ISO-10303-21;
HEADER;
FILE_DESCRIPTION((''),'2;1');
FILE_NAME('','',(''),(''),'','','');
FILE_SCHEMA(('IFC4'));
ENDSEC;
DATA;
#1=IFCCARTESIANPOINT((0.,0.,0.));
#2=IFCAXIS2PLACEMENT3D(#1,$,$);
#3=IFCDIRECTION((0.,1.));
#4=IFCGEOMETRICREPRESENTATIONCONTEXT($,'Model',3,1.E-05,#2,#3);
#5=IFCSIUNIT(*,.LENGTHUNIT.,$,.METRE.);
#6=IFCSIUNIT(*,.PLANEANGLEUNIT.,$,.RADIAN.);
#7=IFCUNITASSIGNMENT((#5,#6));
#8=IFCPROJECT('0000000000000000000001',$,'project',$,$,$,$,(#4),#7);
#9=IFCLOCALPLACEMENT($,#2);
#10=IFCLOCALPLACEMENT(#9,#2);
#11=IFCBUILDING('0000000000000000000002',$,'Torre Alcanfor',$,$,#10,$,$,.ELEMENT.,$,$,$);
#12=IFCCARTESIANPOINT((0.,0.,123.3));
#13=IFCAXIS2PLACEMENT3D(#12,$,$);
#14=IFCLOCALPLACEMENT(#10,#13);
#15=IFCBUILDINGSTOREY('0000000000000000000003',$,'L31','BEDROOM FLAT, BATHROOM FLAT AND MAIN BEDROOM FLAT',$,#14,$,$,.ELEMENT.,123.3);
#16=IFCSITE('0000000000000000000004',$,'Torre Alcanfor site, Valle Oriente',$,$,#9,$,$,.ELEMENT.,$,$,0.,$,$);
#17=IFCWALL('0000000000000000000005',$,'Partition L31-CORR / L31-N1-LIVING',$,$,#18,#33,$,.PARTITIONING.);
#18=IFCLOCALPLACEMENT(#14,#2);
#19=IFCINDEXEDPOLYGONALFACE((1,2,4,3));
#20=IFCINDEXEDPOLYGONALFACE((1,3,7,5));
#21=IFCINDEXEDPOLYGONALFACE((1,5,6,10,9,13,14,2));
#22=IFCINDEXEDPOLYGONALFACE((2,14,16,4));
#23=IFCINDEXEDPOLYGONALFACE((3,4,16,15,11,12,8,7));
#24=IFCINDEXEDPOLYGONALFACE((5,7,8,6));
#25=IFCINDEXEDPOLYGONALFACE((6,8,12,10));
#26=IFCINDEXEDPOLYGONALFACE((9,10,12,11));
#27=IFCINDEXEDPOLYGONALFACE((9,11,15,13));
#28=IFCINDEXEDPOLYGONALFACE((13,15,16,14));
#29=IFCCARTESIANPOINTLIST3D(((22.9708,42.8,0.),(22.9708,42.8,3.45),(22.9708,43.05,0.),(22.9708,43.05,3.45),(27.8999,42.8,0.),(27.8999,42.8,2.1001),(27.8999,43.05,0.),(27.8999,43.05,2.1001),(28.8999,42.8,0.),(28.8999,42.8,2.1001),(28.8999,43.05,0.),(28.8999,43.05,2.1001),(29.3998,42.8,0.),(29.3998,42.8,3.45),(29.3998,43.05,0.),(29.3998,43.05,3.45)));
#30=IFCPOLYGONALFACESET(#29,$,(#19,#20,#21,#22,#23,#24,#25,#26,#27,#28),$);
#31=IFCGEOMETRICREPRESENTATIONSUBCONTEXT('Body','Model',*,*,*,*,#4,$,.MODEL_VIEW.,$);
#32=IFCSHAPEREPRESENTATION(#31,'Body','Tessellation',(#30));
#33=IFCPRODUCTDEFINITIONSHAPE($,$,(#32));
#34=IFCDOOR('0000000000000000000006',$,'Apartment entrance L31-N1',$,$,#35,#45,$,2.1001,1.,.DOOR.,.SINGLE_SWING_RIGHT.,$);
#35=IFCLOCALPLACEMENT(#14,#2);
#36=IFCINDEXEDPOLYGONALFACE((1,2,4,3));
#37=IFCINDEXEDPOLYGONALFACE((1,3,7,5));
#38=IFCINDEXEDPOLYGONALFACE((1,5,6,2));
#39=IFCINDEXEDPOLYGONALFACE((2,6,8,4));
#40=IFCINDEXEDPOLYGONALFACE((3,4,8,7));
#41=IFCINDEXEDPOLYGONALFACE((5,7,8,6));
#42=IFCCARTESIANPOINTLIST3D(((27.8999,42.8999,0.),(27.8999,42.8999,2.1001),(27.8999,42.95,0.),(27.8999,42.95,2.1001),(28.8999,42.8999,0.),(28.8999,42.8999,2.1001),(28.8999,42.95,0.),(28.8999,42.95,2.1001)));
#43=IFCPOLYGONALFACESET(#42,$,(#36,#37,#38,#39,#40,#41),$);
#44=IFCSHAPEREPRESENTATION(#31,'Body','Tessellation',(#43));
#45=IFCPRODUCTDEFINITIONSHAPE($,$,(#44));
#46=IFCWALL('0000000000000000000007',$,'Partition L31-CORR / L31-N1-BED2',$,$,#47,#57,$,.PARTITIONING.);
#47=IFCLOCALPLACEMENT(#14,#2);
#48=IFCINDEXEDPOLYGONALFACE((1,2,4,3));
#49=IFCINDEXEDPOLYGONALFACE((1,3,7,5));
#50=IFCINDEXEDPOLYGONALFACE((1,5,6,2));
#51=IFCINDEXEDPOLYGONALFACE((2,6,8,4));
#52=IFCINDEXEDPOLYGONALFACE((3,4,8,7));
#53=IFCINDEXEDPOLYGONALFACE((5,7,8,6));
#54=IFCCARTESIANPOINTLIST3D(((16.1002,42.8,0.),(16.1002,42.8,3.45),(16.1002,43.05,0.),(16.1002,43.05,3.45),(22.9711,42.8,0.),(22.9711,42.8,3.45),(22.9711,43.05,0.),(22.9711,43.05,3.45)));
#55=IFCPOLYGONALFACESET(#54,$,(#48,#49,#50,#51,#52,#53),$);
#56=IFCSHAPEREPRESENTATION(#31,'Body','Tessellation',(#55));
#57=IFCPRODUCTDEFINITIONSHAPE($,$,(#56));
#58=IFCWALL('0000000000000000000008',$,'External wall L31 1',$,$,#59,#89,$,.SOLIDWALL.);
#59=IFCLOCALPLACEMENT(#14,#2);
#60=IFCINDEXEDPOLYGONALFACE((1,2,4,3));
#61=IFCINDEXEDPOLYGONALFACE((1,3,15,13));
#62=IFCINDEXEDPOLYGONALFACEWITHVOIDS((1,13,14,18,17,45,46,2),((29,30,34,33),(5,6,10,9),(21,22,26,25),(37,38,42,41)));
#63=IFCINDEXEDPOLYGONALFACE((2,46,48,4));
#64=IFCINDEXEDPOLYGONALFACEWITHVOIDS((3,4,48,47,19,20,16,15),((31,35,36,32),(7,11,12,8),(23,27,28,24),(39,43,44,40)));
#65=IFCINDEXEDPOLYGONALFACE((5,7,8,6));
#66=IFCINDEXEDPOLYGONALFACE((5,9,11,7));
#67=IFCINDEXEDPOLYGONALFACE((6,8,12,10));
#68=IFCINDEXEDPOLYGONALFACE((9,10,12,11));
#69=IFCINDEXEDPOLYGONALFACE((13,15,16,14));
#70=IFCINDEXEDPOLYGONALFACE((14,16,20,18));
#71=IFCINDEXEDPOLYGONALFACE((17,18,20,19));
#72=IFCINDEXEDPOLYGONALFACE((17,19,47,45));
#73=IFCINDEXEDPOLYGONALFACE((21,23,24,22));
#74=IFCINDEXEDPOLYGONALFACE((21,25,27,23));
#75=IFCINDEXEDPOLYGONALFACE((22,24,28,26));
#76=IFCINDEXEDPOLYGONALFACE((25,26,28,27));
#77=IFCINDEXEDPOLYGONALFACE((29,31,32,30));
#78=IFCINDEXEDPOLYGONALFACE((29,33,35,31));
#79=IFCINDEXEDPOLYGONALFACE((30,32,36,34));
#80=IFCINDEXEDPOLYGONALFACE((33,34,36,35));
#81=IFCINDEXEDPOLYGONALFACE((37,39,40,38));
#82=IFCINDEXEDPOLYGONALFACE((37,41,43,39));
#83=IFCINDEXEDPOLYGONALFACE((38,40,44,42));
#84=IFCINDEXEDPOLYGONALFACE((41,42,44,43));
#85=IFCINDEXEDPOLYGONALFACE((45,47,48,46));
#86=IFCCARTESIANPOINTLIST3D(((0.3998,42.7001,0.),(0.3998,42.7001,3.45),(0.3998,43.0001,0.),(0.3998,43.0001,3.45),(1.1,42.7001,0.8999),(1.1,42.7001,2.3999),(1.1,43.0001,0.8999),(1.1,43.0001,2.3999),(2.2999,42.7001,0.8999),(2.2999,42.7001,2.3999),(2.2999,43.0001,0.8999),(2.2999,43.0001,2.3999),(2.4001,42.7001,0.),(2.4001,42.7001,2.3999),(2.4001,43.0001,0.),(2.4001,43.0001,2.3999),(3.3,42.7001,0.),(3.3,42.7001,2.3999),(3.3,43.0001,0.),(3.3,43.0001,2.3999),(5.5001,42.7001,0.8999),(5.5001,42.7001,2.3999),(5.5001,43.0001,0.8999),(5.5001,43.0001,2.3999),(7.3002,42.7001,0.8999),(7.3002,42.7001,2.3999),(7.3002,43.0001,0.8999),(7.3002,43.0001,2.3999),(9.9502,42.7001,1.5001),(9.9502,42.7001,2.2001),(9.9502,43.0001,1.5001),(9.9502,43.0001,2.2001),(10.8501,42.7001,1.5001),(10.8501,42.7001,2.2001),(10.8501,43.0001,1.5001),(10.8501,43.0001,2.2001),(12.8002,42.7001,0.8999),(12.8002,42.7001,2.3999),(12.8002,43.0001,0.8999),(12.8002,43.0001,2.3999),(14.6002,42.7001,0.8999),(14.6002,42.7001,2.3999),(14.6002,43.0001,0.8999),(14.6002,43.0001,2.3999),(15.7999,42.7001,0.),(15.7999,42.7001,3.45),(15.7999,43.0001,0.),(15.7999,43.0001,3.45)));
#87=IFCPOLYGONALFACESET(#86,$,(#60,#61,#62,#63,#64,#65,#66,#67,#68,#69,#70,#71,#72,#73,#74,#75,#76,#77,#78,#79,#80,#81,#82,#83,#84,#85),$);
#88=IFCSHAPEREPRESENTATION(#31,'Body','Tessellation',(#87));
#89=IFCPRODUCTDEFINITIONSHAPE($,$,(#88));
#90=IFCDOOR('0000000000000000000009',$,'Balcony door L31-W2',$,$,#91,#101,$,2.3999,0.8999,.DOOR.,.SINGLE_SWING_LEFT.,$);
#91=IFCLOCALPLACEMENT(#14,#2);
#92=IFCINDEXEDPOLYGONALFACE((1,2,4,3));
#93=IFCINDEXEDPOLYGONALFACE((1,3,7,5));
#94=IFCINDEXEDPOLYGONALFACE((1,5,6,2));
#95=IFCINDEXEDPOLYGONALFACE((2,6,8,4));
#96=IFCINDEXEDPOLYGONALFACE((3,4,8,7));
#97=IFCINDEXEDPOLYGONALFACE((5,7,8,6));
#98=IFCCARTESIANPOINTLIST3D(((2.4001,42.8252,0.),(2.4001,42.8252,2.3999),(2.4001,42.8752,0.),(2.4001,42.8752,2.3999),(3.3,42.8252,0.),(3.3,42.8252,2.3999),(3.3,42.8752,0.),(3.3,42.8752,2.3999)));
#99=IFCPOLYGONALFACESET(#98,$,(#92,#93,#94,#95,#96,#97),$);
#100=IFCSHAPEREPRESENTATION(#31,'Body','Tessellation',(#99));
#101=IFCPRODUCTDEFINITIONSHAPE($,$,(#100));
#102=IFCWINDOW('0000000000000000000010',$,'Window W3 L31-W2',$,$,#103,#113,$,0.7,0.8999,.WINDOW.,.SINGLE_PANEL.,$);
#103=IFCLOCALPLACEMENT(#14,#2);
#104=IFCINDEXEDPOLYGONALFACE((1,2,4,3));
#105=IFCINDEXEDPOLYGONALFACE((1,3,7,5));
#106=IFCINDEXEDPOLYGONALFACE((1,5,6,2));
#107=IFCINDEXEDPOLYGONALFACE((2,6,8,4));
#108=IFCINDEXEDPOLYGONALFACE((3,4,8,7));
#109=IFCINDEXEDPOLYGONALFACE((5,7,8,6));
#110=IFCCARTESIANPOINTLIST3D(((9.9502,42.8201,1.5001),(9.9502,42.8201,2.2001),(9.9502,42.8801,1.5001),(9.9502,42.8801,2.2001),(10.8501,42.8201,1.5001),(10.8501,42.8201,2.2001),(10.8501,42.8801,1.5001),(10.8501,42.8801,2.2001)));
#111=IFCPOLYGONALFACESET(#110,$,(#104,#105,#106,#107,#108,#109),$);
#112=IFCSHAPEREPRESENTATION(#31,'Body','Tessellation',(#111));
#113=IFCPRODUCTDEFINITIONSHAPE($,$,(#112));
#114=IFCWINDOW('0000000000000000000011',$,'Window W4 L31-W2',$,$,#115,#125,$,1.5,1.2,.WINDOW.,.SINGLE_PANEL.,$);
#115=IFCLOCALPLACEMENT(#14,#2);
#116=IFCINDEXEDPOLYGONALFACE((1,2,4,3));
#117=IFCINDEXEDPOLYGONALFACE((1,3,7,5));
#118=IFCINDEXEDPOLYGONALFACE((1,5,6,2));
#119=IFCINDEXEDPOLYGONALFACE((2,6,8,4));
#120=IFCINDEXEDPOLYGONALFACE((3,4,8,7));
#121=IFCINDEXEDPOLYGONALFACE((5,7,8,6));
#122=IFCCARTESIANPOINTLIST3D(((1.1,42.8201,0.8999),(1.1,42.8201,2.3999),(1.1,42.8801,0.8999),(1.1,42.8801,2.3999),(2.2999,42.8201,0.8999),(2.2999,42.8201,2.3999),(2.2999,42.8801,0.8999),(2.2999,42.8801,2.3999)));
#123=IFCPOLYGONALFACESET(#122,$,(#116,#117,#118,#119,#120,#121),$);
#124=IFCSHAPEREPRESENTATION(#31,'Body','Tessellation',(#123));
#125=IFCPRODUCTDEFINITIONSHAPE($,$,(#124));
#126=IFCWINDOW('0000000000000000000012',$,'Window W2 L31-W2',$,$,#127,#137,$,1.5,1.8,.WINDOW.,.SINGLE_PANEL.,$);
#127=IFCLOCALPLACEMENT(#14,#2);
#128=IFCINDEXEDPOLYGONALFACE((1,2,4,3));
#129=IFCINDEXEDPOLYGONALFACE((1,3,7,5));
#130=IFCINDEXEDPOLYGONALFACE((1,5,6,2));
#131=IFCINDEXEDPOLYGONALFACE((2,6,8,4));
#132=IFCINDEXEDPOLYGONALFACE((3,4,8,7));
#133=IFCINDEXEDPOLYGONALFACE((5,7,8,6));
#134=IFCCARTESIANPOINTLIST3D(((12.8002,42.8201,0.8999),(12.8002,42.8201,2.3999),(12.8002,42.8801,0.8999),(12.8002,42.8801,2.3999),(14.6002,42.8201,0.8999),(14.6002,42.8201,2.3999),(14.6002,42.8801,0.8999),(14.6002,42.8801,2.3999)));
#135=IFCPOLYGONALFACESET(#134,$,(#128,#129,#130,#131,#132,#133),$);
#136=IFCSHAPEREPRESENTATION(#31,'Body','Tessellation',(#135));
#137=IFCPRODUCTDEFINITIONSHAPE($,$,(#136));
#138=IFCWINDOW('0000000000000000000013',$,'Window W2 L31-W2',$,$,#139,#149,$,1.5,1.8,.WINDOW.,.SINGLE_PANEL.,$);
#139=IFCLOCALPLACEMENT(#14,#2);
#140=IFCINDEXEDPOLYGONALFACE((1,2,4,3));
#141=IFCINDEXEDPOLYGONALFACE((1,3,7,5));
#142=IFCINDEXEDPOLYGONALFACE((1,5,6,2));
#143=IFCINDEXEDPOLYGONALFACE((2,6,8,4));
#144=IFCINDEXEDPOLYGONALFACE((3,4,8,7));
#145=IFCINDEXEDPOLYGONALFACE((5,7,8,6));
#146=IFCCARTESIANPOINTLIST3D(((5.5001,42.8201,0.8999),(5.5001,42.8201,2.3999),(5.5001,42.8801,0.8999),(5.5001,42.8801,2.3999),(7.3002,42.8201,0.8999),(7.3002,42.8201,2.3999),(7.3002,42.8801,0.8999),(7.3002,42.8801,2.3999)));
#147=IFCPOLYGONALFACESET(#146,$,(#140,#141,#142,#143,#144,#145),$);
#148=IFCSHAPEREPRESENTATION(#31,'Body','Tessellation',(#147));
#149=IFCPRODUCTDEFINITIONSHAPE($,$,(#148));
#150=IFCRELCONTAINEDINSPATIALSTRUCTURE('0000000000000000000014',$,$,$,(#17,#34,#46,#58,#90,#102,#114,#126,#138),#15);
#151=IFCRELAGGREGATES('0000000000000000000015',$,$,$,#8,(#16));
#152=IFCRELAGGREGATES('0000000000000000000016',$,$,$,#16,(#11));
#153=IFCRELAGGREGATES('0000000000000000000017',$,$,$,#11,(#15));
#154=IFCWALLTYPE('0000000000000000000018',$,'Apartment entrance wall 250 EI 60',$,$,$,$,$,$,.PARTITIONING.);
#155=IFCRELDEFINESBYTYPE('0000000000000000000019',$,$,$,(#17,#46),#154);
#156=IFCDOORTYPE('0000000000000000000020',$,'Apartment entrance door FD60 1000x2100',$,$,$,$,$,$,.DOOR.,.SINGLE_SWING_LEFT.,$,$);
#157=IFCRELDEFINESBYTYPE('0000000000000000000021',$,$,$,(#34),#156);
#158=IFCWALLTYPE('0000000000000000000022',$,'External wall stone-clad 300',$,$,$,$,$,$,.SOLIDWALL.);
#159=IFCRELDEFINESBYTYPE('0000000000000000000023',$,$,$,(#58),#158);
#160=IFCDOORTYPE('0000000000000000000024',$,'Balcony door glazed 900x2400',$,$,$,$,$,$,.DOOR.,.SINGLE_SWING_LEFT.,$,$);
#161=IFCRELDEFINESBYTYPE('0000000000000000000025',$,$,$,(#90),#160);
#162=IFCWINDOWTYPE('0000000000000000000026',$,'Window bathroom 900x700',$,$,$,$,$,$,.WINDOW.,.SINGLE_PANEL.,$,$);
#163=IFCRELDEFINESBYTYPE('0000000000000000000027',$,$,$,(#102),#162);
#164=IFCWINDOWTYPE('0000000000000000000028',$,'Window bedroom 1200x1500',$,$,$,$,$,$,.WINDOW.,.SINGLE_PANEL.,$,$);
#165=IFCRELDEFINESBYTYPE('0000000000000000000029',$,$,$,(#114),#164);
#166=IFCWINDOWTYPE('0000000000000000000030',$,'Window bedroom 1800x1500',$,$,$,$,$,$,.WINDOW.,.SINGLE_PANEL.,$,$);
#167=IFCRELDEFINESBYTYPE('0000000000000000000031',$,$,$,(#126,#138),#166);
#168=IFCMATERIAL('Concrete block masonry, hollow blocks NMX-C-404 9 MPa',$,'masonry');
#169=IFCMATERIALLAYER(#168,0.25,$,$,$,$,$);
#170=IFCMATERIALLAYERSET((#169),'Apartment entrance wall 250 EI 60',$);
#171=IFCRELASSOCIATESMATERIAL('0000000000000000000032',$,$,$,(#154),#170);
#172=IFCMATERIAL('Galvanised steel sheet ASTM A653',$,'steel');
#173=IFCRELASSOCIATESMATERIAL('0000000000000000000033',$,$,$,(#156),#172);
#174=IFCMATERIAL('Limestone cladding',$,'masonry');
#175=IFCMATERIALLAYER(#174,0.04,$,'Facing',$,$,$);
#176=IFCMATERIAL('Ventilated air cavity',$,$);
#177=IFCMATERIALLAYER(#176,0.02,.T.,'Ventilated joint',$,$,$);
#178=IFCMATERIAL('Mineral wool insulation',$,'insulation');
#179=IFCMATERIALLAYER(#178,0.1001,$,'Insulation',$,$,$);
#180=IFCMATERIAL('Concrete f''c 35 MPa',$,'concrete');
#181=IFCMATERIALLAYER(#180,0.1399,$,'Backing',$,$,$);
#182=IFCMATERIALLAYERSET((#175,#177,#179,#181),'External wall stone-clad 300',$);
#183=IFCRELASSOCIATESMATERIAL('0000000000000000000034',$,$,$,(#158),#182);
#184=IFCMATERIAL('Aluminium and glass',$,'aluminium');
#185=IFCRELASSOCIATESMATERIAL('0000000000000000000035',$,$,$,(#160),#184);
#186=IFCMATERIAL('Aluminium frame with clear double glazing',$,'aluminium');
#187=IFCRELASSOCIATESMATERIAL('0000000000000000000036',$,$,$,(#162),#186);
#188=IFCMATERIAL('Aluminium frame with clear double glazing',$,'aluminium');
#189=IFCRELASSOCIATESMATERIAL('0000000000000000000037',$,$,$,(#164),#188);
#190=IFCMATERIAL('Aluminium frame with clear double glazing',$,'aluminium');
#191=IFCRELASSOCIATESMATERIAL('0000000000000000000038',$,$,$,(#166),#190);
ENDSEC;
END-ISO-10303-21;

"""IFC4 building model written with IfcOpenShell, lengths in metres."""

from ifc_helpers import new_model, si_unit, direction, frame, frame_2d, origin, place, context, subcontext, project, spatial, rectangle, extrude, material, layer, layer_set, type_object, element, fill, save


model = new_model("IFC4")

# Units and contexts
model_context = context("Model", 3, precision=1e-05, world=origin(), true_north=direction((0.0, 1.0)))
body_context = subcontext(model_context, "Body", "Model", "MODEL_VIEW")
ifc_project = project(units=[si_unit("LENGTHUNIT", "METRE"), si_unit("PLANEANGLEUNIT", "RADIAN")], contexts=[model_context])

# Site, building, storey
site_placement = place(None, origin())
site = spatial("IfcSite", under=ifc_project, at=site_placement, Name="Torre Alcanfor site, Valle Oriente", CompositionType="ELEMENT", RefElevation=0.0)
building_placement = place(site_placement, origin())
building = spatial("IfcBuilding", under=site, at=building_placement, Name="Torre Alcanfor", CompositionType="ELEMENT")
storey_placement = place(building_placement, frame((0.0, 0.0, 123.3)))
storey = spatial("IfcBuildingStorey", under=building, at=storey_placement, Name="L31", Description="BEDROOM FLAT, BATHROOM FLAT AND MAIN BEDROOM FLAT", CompositionType="ELEMENT", Elevation=123.3)

# Wall, opening, door
ifc_material_1 = material(Name="Concrete block masonry, hollow blocks NMX-C-404 9 MPa", Category="masonry")
ifc_layer_1 = layer(ifc_material_1, 0.25)
ifc_layer_set_1 = layer_set([ifc_layer_1], Name="Apartment entrance wall 250 EI 60")
wall_type_1 = type_object("IfcWallType", Name="Apartment entrance wall 250 EI 60", PredefinedType="PARTITIONING", material=ifc_layer_set_1)
wall_1_placement = place(storey_placement, frame((22.9709, 42.925, 0.0), z_axis=(0.0, 0.0, 1.0), x_axis=(1.0, 0.0, 0.0)))
wall_1 = element("IfcWall", 1, at=wall_1_placement, inside=storey, type_object=wall_type_1, Name="Partition L31-CORR / L31-N1-LIVING", PredefinedType="PARTITIONING", context=body_context, shape_type="SweptSolid", body=[
    extrude(rectangle(XDim=6.429, YDim=0.25, at=frame_2d((3.2144, 0.0))), origin(), (0.0, 0.0, 1.0), 3.45),
])
opening_1_placement = place(wall_1_placement, frame((4.929, 0.0, 0.0)))
opening_1 = element("IfcOpeningElement", 2, at=opening_1_placement, cuts=wall_1, PredefinedType="OPENING", context=body_context, shape_type="SweptSolid", body=[
    extrude(rectangle(XDim=1.0, YDim=2.1001, at=frame_2d((0.5, 1.05))), frame((0.0, 0.135, 0.0), z_axis=(0.0, -1.0, 0.0), x_axis=(1.0, 0.0, 0.0)), (0.0, 0.0, 1.0), 0.27),
])
ifc_material_2 = material(Name="Galvanised steel sheet ASTM A653", Category="steel")
door_type_1 = type_object("IfcDoorType", Name="Apartment entrance door FD60 1000x2100", OperationType="SINGLE_SWING_LEFT", PredefinedType="DOOR", material=ifc_material_2)
door_1_placement = place(opening_1_placement, origin())
door_1 = element("IfcDoor", 3, at=door_1_placement, inside=storey, type_object=door_type_1, Name="Apartment entrance L31-N1", OperationType="SINGLE_SWING_RIGHT", OverallHeight=2.1001, OverallWidth=1.0, PredefinedType="DOOR", context=body_context, shape_type="SweptSolid", body=[
    extrude(rectangle(XDim=1.0, YDim=2.1001, at=frame_2d((0.5, 1.05))), frame((0.0, 0.0249, 0.0), z_axis=(0.0, -1.0, 0.0), x_axis=(1.0, 0.0, 0.0)), (0.0, 0.0, 1.0), 0.05),
])
fill(opening_1, door_1)

# Wall
wall_2_placement = place(storey_placement, frame((16.1001, 42.925, 0.0), z_axis=(0.0, 0.0, 1.0), x_axis=(1.0, 0.0, 0.0)))
element("IfcWall", 4, at=wall_2_placement, inside=storey, type_object=wall_type_1, Name="Partition L31-CORR / L31-N1-BED2", PredefinedType="PARTITIONING", context=body_context, shape_type="SweptSolid", body=[
    extrude(rectangle(XDim=6.8708, YDim=0.25, at=frame_2d((3.4355, 0.0))), origin(), (0.0, 0.0, 1.0), 3.45),
])

# Wall, openings, door, windows
ifc_material_3 = material(Name="Limestone cladding", Category="masonry")
ifc_layer_2 = layer(ifc_material_3, 0.04, Name="Facing")
ifc_material_4 = material(Name="Ventilated air cavity")
ifc_layer_3 = layer(ifc_material_4, 0.02, ventilated=True, Name="Ventilated joint")
ifc_material_5 = material(Name="Mineral wool insulation", Category="insulation")
ifc_layer_4 = layer(ifc_material_5, 0.1001, Name="Insulation")
ifc_material_6 = material(Name="Concrete f'c 35 MPa", Category="concrete")
ifc_layer_5 = layer(ifc_material_6, 0.1399, Name="Backing")
ifc_layer_set_2 = layer_set([ifc_layer_2, ifc_layer_3, ifc_layer_4, ifc_layer_5], Name="External wall stone-clad 300")
wall_type_2 = type_object("IfcWallType", Name="External wall stone-clad 300", PredefinedType="SOLIDWALL", material=ifc_layer_set_2)
wall_3_placement = place(storey_placement, frame((15.8, 42.8501, 0.0), z_axis=(0.0, 0.0, 1.0), x_axis=(-1.0, 0.0, 0.0)))
wall_3 = element("IfcWall", 5, at=wall_3_placement, inside=storey, type_object=wall_type_2, Name="External wall L31 1", PredefinedType="SOLIDWALL", context=body_context, shape_type="SweptSolid", body=[
    extrude(rectangle(XDim=15.4001, YDim=0.3, at=frame_2d((7.7002, 0.0))), origin(), (0.0, 0.0, 1.0), 3.45),
])
opening_2_placement = place(wall_3_placement, frame((1.2, 0.0, 0.8999)))
opening_2 = element("IfcOpeningElement", 6, at=opening_2_placement, cuts=wall_3, PredefinedType="OPENING", context=body_context, shape_type="SweptSolid", body=[
    extrude(rectangle(XDim=1.8, YDim=1.5, at=frame_2d((0.8999, 0.75))), frame((0.0, 0.1599, 0.0), z_axis=(0.0, -1.0, 0.0), x_axis=(1.0, 0.0, 0.0)), (0.0, 0.0, 1.0), 0.3201),
])
opening_3_placement = place(wall_3_placement, frame((4.95, 0.0, 1.5)))
opening_3 = element("IfcOpeningElement", 7, at=opening_3_placement, cuts=wall_3, PredefinedType="OPENING", context=body_context, shape_type="SweptSolid", body=[
    extrude(rectangle(XDim=0.8999, YDim=0.7, at=frame_2d((0.45, 0.3501))), frame((0.0, 0.1599, 0.0), z_axis=(0.0, -1.0, 0.0), x_axis=(1.0, 0.0, 0.0)), (0.0, 0.0, 1.0), 0.3201),
])
opening_4_placement = place(wall_3_placement, frame((8.5, 0.0, 0.8999)))
opening_4 = element("IfcOpeningElement", 8, at=opening_4_placement, cuts=wall_3, PredefinedType="OPENING", context=body_context, shape_type="SweptSolid", body=[
    extrude(rectangle(XDim=1.8, YDim=1.5, at=frame_2d((0.8999, 0.75))), frame((0.0, 0.1599, 0.0), z_axis=(0.0, -1.0, 0.0), x_axis=(1.0, 0.0, 0.0)), (0.0, 0.0, 1.0), 0.3201),
])
opening_5_placement = place(wall_3_placement, frame((12.5, 0.0, 0.0)))
opening_5 = element("IfcOpeningElement", 9, at=opening_5_placement, cuts=wall_3, PredefinedType="OPENING", context=body_context, shape_type="SweptSolid", body=[
    extrude(rectangle(XDim=0.8999, YDim=2.3999, at=frame_2d((0.45, 1.2))), frame((0.0, 0.1599, 0.0), z_axis=(0.0, -1.0, 0.0), x_axis=(1.0, 0.0, 0.0)), (0.0, 0.0, 1.0), 0.3201),
])
opening_6_placement = place(wall_3_placement, frame((13.5, 0.0, 0.8999)))
opening_6 = element("IfcOpeningElement", 10, at=opening_6_placement, cuts=wall_3, PredefinedType="OPENING", context=body_context, shape_type="SweptSolid", body=[
    extrude(rectangle(XDim=1.2, YDim=1.5, at=frame_2d((0.6001, 0.75))), frame((0.0, 0.1599, 0.0), z_axis=(0.0, -1.0, 0.0), x_axis=(1.0, 0.0, 0.0)), (0.0, 0.0, 1.0), 0.3201),
])
ifc_material_7 = material(Name="Aluminium and glass", Category="aluminium")
door_type_2 = type_object("IfcDoorType", Name="Balcony door glazed 900x2400", OperationType="SINGLE_SWING_LEFT", PredefinedType="DOOR", material=ifc_material_7)
door_2_placement = place(opening_5_placement, origin())
door_2 = element("IfcDoor", 11, at=door_2_placement, inside=storey, type_object=door_type_2, Name="Balcony door L31-W2", OperationType="SINGLE_SWING_LEFT", OverallHeight=2.3999, OverallWidth=0.8999, PredefinedType="DOOR", context=body_context, shape_type="SweptSolid", body=[
    extrude(rectangle(XDim=0.8999, YDim=2.3999, at=frame_2d((0.45, 1.2))), frame((0.0, 0.0249, 0.0), z_axis=(0.0, -1.0, 0.0), x_axis=(1.0, 0.0, 0.0)), (0.0, 0.0, 1.0), 0.05),
])
fill(opening_5, door_2)
ifc_material_8 = material(Name="Aluminium frame with clear double glazing", Category="aluminium")
window_type_1 = type_object("IfcWindowType", Name="Window bathroom 900x700", PartitioningType="SINGLE_PANEL", PredefinedType="WINDOW", material=ifc_material_8)
window_1_placement = place(opening_3_placement, origin())
window_1 = element("IfcWindow", 12, at=window_1_placement, inside=storey, type_object=window_type_1, Name="Window W3 L31-W2", OverallHeight=0.7, OverallWidth=0.8999, PartitioningType="SINGLE_PANEL", PredefinedType="WINDOW", context=body_context, shape_type="SweptSolid", body=[
    extrude(rectangle(XDim=0.8999, YDim=0.7, at=frame_2d((0.45, 0.3501))), frame((0.0, 0.03, 0.0), z_axis=(0.0, -1.0, 0.0), x_axis=(1.0, 0.0, 0.0)), (0.0, 0.0, 1.0), 0.0601),
])
fill(opening_3, window_1)
ifc_material_9 = material(Name="Aluminium frame with clear double glazing", Category="aluminium")
window_type_2 = type_object("IfcWindowType", Name="Window bedroom 1200x1500", PartitioningType="SINGLE_PANEL", PredefinedType="WINDOW", material=ifc_material_9)
window_2_placement = place(opening_6_placement, origin())
window_2 = element("IfcWindow", 13, at=window_2_placement, inside=storey, type_object=window_type_2, Name="Window W4 L31-W2", OverallHeight=1.5, OverallWidth=1.2, PartitioningType="SINGLE_PANEL", PredefinedType="WINDOW", context=body_context, shape_type="SweptSolid", body=[
    extrude(rectangle(XDim=1.2, YDim=1.5, at=frame_2d((0.6001, 0.75))), frame((0.0, 0.03, 0.0), z_axis=(0.0, -1.0, 0.0), x_axis=(1.0, 0.0, 0.0)), (0.0, 0.0, 1.0), 0.0601),
])
fill(opening_6, window_2)
ifc_material_10 = material(Name="Aluminium frame with clear double glazing", Category="aluminium")
window_type_3 = type_object("IfcWindowType", Name="Window bedroom 1800x1500", PartitioningType="SINGLE_PANEL", PredefinedType="WINDOW", material=ifc_material_10)
window_3_placement = place(opening_2_placement, origin())
window_3 = element("IfcWindow", 14, at=window_3_placement, inside=storey, type_object=window_type_3, Name="Window W2 L31-W2", OverallHeight=1.5, OverallWidth=1.8, PartitioningType="SINGLE_PANEL", PredefinedType="WINDOW", context=body_context, shape_type="SweptSolid", body=[
    extrude(rectangle(XDim=1.8, YDim=1.5, at=frame_2d((0.8999, 0.75))), frame((0.0, 0.03, 0.0), z_axis=(0.0, -1.0, 0.0), x_axis=(1.0, 0.0, 0.0)), (0.0, 0.0, 1.0), 0.0601),
])
fill(opening_2, window_3)
window_4_placement = place(opening_4_placement, origin())
window_4 = element("IfcWindow", 15, at=window_4_placement, inside=storey, type_object=window_type_3, Name="Window W2 L31-W2", OverallHeight=1.5, OverallWidth=1.8, PartitioningType="SINGLE_PANEL", PredefinedType="WINDOW", context=body_context, shape_type="SweptSolid", body=[
    extrude(rectangle(XDim=1.8, YDim=1.5, at=frame_2d((0.8999, 0.75))), frame((0.0, 0.03, 0.0), z_axis=(0.0, -1.0, 0.0), x_axis=(1.0, 0.0, 0.0)), (0.0, 0.0, 1.0), 0.0601),
])
fill(opening_4, window_4)

save(model, "model.ifc")
